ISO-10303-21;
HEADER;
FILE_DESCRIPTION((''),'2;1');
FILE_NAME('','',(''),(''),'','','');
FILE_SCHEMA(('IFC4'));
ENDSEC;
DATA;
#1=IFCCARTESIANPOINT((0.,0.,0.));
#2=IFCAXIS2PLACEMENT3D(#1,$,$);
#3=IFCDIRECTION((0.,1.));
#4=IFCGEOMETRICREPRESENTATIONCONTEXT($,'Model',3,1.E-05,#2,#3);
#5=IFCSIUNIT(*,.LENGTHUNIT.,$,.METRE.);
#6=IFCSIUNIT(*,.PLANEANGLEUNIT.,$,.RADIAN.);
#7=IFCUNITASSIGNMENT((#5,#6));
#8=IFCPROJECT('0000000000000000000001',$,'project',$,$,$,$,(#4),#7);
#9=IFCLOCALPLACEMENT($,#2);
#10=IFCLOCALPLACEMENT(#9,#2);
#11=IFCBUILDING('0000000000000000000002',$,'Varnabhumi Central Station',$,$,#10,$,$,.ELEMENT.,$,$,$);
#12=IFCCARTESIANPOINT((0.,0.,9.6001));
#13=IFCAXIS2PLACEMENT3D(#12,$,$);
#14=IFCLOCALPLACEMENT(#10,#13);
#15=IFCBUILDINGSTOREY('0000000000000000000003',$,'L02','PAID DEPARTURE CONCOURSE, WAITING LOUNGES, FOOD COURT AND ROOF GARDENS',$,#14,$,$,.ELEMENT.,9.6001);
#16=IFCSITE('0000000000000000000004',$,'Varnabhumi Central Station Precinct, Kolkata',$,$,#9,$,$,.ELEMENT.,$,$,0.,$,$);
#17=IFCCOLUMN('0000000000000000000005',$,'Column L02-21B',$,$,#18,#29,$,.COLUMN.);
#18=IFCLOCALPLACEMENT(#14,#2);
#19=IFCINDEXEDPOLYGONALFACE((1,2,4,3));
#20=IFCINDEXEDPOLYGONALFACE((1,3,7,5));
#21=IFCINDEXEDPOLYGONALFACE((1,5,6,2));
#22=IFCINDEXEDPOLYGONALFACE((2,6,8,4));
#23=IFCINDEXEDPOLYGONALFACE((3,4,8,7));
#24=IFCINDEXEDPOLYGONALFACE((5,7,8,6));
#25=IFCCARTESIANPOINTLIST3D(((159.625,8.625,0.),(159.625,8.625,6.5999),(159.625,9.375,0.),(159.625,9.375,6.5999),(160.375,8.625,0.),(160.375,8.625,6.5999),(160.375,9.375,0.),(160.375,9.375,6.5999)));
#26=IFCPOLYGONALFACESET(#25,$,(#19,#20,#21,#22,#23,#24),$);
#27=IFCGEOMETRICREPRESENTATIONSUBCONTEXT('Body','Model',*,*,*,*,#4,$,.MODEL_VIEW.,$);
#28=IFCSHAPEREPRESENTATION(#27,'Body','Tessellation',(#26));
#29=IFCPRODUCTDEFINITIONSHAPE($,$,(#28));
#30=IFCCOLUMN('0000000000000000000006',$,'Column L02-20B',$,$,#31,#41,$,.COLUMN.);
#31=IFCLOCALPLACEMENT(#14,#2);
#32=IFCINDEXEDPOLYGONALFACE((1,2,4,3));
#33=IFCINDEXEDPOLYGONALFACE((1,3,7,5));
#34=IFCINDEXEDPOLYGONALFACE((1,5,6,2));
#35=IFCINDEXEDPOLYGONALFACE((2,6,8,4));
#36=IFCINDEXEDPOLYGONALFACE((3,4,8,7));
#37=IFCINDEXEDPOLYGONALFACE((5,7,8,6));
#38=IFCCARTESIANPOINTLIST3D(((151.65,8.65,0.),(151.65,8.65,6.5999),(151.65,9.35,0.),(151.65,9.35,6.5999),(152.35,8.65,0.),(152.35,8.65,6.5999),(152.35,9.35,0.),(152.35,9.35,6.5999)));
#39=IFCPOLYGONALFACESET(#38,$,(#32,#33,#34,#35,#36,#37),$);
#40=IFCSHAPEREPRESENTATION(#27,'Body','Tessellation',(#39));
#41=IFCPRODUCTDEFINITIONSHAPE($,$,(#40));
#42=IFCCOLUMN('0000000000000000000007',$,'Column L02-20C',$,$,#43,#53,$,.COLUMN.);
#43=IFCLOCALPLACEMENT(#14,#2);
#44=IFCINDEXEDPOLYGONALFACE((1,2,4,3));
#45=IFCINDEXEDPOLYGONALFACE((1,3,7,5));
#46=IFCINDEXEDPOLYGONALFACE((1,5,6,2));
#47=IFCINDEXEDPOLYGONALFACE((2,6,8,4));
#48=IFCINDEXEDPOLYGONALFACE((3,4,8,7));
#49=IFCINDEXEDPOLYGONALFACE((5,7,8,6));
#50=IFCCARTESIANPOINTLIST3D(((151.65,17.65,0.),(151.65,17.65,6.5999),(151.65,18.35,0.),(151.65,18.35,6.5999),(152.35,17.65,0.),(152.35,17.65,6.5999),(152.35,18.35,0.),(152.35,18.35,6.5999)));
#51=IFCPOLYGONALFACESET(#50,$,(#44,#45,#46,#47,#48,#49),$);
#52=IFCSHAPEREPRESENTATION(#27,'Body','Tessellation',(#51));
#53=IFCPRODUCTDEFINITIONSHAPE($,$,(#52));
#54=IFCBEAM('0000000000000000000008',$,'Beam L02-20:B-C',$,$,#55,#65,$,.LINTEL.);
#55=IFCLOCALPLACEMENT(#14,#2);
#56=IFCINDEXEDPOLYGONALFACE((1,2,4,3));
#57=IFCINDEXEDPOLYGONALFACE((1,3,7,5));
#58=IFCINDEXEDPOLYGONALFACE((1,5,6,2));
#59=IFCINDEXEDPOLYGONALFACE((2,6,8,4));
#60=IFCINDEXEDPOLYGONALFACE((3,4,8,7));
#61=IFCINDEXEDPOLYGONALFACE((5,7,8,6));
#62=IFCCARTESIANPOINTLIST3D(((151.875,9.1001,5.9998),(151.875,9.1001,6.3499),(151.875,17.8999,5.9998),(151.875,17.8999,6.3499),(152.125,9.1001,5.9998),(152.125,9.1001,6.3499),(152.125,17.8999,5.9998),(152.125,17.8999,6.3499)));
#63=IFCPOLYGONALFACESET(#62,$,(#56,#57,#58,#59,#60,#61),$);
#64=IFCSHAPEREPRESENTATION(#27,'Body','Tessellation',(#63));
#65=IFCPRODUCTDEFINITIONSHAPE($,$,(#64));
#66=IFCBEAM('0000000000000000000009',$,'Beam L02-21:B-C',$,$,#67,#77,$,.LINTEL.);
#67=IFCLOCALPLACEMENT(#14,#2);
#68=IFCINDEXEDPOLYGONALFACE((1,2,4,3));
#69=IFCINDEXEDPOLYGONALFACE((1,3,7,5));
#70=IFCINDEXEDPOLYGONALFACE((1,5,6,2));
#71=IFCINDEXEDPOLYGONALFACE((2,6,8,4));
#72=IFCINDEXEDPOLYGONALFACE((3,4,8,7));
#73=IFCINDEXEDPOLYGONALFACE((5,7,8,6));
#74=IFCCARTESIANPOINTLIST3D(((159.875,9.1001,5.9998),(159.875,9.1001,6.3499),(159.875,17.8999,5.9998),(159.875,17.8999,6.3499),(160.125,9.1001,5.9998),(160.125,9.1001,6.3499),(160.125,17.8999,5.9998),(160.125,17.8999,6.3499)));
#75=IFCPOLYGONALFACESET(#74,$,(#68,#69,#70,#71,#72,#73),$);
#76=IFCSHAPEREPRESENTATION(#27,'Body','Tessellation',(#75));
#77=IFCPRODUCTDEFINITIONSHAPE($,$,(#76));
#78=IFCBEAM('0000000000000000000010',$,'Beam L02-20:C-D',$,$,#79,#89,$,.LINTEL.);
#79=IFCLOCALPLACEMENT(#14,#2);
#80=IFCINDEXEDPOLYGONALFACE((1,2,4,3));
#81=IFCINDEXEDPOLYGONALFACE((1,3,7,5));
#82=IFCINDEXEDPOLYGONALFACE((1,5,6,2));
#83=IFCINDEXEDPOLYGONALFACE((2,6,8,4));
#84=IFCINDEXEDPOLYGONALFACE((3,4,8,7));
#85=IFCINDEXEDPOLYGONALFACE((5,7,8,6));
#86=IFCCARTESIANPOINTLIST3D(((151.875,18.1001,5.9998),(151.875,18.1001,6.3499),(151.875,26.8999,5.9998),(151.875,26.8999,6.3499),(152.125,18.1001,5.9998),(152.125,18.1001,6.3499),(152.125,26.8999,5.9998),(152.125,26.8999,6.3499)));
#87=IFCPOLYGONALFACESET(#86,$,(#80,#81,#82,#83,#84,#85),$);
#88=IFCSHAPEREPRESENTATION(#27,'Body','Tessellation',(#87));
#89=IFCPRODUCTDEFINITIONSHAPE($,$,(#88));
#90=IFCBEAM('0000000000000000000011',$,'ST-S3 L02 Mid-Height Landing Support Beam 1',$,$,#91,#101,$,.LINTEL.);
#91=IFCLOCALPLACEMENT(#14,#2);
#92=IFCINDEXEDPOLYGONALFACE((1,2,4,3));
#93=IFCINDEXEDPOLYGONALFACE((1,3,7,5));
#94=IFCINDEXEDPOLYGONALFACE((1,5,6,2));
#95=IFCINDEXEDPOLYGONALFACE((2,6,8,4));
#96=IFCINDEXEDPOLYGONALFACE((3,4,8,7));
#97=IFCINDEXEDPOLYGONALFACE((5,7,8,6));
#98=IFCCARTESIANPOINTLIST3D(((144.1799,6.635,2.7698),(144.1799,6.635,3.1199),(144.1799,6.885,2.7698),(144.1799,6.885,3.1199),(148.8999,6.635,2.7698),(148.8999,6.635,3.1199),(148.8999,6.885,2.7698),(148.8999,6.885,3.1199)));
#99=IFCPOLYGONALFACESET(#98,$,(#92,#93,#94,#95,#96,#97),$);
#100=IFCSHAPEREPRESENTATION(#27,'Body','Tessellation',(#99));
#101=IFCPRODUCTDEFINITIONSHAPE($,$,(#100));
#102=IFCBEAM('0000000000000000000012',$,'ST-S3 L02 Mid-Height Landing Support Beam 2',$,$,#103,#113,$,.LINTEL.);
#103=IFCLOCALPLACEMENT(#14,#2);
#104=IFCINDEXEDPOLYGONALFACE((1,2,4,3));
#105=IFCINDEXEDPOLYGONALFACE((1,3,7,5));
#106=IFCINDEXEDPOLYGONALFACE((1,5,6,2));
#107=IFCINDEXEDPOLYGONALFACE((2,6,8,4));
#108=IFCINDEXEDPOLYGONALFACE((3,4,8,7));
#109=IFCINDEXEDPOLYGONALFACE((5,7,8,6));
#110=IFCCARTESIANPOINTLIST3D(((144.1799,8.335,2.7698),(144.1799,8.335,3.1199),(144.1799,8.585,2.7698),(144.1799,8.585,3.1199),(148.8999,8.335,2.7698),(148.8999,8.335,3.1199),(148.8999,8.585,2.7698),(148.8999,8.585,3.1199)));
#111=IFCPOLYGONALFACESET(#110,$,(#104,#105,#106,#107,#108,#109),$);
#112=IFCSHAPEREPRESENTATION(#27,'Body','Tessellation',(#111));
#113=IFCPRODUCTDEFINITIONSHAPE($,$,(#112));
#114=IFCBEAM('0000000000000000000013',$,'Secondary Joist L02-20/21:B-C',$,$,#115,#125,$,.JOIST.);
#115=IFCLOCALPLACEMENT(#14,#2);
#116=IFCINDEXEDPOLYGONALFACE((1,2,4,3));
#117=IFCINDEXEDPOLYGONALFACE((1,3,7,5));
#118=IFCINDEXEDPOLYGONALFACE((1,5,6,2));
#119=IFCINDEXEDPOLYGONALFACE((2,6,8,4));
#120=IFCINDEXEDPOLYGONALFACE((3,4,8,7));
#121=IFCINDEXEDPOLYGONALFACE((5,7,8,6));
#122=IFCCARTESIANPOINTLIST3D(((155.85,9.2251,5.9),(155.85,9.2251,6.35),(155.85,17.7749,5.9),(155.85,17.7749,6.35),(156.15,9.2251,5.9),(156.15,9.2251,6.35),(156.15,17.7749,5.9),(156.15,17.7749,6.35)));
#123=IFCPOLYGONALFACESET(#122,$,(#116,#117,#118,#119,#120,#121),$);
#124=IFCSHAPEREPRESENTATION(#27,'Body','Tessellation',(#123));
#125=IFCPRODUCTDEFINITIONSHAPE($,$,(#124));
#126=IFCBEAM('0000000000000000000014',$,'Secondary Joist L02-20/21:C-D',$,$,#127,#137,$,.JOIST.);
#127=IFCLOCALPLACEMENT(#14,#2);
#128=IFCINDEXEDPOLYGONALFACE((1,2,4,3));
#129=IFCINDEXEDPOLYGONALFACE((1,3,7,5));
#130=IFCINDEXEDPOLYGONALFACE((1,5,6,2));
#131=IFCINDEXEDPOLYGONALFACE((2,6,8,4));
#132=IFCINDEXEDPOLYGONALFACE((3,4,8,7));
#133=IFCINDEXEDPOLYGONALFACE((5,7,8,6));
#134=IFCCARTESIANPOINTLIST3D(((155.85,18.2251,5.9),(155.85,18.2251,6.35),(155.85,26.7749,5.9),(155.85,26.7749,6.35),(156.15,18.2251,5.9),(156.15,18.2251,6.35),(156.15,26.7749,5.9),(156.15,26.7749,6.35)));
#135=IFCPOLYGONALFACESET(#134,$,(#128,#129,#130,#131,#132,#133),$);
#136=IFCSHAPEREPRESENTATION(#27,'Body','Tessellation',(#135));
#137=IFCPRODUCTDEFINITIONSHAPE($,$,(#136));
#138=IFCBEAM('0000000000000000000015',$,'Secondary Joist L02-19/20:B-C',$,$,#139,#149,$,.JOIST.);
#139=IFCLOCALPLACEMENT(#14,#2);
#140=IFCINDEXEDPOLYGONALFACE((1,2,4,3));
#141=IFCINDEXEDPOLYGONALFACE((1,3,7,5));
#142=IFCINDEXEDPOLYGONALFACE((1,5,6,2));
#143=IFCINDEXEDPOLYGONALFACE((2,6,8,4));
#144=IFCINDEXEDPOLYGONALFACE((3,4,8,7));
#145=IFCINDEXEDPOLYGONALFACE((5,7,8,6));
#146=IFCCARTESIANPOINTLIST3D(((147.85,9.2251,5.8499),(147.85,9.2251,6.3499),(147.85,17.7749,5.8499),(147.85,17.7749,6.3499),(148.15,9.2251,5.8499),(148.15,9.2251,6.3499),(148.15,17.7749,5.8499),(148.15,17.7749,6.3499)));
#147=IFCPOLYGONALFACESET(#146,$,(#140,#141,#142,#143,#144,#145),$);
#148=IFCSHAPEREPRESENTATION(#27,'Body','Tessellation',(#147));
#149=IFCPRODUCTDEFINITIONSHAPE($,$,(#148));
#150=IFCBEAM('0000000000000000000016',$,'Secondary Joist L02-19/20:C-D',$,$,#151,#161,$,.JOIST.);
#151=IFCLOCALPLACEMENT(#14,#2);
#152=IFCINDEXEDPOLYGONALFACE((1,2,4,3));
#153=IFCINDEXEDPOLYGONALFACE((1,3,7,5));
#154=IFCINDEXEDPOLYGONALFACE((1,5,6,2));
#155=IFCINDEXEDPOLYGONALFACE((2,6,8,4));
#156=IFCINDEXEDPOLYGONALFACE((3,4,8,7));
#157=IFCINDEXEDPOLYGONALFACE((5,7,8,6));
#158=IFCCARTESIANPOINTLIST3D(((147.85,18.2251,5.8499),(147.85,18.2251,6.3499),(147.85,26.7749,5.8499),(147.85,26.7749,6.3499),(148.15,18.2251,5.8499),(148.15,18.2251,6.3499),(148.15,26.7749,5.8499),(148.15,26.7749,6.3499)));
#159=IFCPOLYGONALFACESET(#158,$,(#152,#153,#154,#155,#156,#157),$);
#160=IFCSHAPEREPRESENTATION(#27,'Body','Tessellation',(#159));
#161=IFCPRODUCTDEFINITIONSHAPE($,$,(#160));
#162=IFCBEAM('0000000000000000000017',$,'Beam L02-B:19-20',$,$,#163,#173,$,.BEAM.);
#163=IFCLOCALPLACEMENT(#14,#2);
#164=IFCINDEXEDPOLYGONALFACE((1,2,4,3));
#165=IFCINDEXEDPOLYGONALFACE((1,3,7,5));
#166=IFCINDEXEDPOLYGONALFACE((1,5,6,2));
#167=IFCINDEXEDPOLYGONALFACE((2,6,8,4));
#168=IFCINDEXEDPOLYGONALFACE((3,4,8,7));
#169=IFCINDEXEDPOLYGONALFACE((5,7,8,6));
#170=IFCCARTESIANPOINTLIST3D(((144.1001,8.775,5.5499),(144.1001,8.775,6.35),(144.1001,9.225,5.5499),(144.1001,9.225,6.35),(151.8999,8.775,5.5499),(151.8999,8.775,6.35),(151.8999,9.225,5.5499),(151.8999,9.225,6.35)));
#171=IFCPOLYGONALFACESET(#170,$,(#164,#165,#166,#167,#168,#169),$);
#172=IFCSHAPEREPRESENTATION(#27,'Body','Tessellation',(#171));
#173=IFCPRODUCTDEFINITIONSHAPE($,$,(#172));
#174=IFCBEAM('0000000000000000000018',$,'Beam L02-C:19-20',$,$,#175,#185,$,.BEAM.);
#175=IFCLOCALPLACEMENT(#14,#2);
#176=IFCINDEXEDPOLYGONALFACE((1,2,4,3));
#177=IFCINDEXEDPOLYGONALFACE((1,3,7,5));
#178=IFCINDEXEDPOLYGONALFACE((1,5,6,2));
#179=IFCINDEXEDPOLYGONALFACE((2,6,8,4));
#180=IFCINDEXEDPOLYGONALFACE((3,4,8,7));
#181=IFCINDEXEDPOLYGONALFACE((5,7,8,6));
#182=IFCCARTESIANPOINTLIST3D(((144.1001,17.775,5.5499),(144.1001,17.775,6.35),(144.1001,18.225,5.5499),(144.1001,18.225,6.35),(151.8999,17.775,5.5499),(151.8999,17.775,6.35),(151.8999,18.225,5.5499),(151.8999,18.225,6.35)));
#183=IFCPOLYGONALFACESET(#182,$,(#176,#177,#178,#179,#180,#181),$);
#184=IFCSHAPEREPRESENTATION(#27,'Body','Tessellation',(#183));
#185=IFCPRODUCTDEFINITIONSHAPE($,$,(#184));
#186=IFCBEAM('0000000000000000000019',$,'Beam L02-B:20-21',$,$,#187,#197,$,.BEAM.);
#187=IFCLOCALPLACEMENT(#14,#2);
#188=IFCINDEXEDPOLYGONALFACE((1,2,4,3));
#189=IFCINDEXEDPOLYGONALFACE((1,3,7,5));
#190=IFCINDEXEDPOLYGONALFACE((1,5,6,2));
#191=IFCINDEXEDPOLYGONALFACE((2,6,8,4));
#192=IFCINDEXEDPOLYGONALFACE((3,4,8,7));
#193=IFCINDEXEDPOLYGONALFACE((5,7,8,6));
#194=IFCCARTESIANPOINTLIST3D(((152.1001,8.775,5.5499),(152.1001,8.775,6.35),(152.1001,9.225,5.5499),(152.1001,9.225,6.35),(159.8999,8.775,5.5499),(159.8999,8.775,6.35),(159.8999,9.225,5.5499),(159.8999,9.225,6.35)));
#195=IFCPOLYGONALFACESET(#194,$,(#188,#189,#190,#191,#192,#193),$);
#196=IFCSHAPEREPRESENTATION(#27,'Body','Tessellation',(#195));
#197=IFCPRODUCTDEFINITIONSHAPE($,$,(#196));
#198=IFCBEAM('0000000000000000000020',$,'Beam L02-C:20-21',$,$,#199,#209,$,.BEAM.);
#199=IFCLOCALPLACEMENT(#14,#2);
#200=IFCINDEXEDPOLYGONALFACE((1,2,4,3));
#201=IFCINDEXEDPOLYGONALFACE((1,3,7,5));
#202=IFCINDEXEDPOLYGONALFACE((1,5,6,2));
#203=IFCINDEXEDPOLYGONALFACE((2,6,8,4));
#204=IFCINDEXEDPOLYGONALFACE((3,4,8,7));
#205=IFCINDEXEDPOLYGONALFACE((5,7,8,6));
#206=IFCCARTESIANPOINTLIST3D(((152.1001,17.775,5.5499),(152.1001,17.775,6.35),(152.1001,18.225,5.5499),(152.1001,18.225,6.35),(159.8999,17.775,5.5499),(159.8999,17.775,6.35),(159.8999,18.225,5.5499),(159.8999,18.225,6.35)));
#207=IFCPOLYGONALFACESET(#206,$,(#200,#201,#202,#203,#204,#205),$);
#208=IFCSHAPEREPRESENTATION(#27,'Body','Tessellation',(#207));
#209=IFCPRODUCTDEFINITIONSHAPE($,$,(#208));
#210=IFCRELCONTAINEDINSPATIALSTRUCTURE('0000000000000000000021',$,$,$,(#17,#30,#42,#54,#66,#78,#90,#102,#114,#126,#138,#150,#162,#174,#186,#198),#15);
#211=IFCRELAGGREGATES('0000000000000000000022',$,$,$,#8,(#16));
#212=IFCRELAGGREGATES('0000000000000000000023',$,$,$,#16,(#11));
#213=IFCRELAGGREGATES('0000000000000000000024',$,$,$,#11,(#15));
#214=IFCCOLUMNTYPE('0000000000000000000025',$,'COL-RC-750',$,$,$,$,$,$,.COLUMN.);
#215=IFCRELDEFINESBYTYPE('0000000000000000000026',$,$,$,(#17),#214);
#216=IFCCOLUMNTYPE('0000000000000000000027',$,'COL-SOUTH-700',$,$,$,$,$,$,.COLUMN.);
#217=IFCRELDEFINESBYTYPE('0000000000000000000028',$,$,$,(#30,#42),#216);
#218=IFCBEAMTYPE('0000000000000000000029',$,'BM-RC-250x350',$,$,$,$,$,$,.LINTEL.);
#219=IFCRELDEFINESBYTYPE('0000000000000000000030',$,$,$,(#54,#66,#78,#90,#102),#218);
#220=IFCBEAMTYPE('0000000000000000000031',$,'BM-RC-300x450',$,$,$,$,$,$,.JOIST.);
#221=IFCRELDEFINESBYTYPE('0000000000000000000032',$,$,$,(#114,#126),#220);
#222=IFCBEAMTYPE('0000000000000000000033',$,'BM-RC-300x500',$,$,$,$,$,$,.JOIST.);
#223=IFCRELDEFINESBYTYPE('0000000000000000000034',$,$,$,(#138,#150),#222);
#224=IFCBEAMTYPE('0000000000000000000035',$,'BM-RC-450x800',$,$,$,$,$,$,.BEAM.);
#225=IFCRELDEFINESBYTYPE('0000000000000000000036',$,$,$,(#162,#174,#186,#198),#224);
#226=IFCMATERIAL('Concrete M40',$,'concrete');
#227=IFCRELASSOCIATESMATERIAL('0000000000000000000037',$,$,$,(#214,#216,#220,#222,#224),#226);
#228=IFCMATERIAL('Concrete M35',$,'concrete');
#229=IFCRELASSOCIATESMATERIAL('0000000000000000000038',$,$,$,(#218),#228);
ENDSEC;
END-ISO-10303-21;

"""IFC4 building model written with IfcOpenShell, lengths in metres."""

from ifc_helpers import new_model, si_unit, direction, frame, origin, origin_2d, place, context, subcontext, project, spatial, rectangle, extrude, material, material_profile, profile_set, type_object, element, save


model = new_model("IFC4")

# Units and contexts
model_context = context("Model", 3, precision=1e-05, world=origin(), true_north=direction((0.0, 1.0)))
body_context = subcontext(model_context, "Body", "Model", "MODEL_VIEW")
ifc_project = project(units=[si_unit("LENGTHUNIT", "METRE"), si_unit("PLANEANGLEUNIT", "RADIAN")], contexts=[model_context])

# Site, building, storey
site_placement = place(None, origin())
site = spatial("IfcSite", under=ifc_project, at=site_placement, Name="Varnabhumi Central Station Precinct, Kolkata", CompositionType="ELEMENT", RefElevation=0.0)
building_placement = place(site_placement, origin())
building = spatial("IfcBuilding", under=site, at=building_placement, Name="Varnabhumi Central Station", CompositionType="ELEMENT")
storey_placement = place(building_placement, frame((0.0, 0.0, 9.6001)))
storey = spatial("IfcBuildingStorey", under=building, at=storey_placement, Name="L02", Description="PAID DEPARTURE CONCOURSE, WAITING LOUNGES, FOOD COURT AND ROOF GARDENS", CompositionType="ELEMENT", Elevation=9.6001)

# Columns
ifc_material_1 = material(Name="Concrete M40", Category="concrete")
ifc_material_profile_1 = material_profile(ifc_material_1, rectangle(XDim=0.75, YDim=0.75, at=origin_2d()), Name="Concrete M40", Category="concrete")
ifc_profile_set_1 = profile_set([ifc_material_profile_1], Name="Concrete M40")
column_type_1 = type_object("IfcColumnType", Name="COL-RC-750", PredefinedType="COLUMN", material=ifc_profile_set_1)
column_placement = place(storey_placement, frame((160.0, 9.0, 0.0), z_axis=(0.0, 0.0, 1.0), x_axis=(1.0, 0.0, 0.0)))
element("IfcColumn", 1, at=column_placement, inside=storey, type_object=column_type_1, Name="Column L02-21B", PredefinedType="COLUMN", context=body_context, shape_type="SweptSolid", body=[
    extrude(rectangle(XDim=0.75, YDim=0.75, at=origin_2d()), origin(), (0.0, 0.0, 1.0), 6.5999),
])
ifc_material_profile_2 = material_profile(ifc_material_1, rectangle(XDim=0.7, YDim=0.7, at=origin_2d()), Name="Concrete M40", Category="concrete")
ifc_profile_set_2 = profile_set([ifc_material_profile_2], Name="Concrete M40")
column_type_2 = type_object("IfcColumnType", Name="COL-SOUTH-700", PredefinedType="COLUMN", material=ifc_profile_set_2)
for number, where, z_axis, x_axis, name in (
    (2, (152.0, 9.0, 0.0), (0.0, 0.0, 1.0), (1.0, 0.0, 0.0), "Column L02-20B"),
    (3, (152.0, 18.0, 0.0), (0.0, 0.0, 1.0), (1.0, 0.0, 0.0), "Column L02-20C"),
):
    element("IfcColumn", number, at=place(storey_placement, frame(where, z_axis=z_axis, x_axis=x_axis)), inside=storey, type_object=column_type_2, Name=name, PredefinedType="COLUMN", context=body_context, shape_type="SweptSolid", body=[
        extrude(rectangle(XDim=0.7, YDim=0.7, at=origin_2d()), origin(), (0.0, 0.0, 1.0), 6.5999),
    ])

# Beams
ifc_material_2 = material(Name="Concrete M35", Category="concrete")
ifc_material_profile_3 = material_profile(ifc_material_2, rectangle(XDim=0.25, YDim=0.3501, at=origin_2d()), Name="Concrete M35", Category="concrete")
ifc_profile_set_3 = profile_set([ifc_material_profile_3], Name="Concrete M35")
beam_type_1 = type_object("IfcBeamType", Name="BM-RC-250x350", PredefinedType="LINTEL", material=ifc_profile_set_3)
for number, where, z_axis, x_axis, name in (
    (4, (152.0, 9.1001, 6.1748), (0.0, 1.0, 0.0), (-1.0, 0.0, 0.0), "Beam L02-20:B-C"),
    (5, (160.0, 9.1001, 6.1748), (0.0, 1.0, 0.0), (-1.0, 0.0, 0.0), "Beam L02-21:B-C"),
    (6, (152.0, 18.1001, 6.1748), (0.0, 1.0, 0.0), (-1.0, 0.0, 0.0), "Beam L02-20:C-D"),
):
    element("IfcBeam", number, at=place(storey_placement, frame(where, z_axis=z_axis, x_axis=x_axis)), inside=storey, type_object=beam_type_1, Name=name, PredefinedType="LINTEL", context=body_context, shape_type="SweptSolid", body=[
        extrude(rectangle(XDim=0.25, YDim=0.3501, at=origin_2d()), origin(), (0.0, 0.0, 1.0), 8.7998),
    ])
for number, where, z_axis, x_axis, name in (
    (7, (144.1799, 6.76, 2.9448), (1.0, 0.0, 0.0), (0.0, 1.0, 0.0), "ST-S3 L02 Mid-Height Landing Support Beam 1"),
    (8, (144.1799, 8.46, 2.9448), (1.0, 0.0, 0.0), (0.0, 1.0, 0.0), "ST-S3 L02 Mid-Height Landing Support Beam 2"),
):
    element("IfcBeam", number, at=place(storey_placement, frame(where, z_axis=z_axis, x_axis=x_axis)), inside=storey, type_object=beam_type_1, Name=name, PredefinedType="LINTEL", context=body_context, shape_type="SweptSolid", body=[
        extrude(rectangle(XDim=0.25, YDim=0.3501, at=origin_2d()), origin(), (0.0, 0.0, 1.0), 4.72),
    ])
ifc_material_profile_4 = material_profile(ifc_material_1, rectangle(XDim=0.3, YDim=0.45, at=origin_2d()), Name="Concrete M40", Category="concrete")
ifc_profile_set_4 = profile_set([ifc_material_profile_4], Name="Concrete M40")
beam_type_2 = type_object("IfcBeamType", Name="BM-RC-300x450", PredefinedType="JOIST", material=ifc_profile_set_4)
for number, where, z_axis, x_axis, name in (
    (9, (156.0, 9.2251, 6.125), (0.0, 1.0, 0.0), (-1.0, 0.0, 0.0), "Secondary Joist L02-20/21:B-C"),
    (10, (156.0, 18.2251, 6.125), (0.0, 1.0, 0.0), (-1.0, 0.0, 0.0), "Secondary Joist L02-20/21:C-D"),
):
    element("IfcBeam", number, at=place(storey_placement, frame(where, z_axis=z_axis, x_axis=x_axis)), inside=storey, type_object=beam_type_2, Name=name, PredefinedType="JOIST", context=body_context, shape_type="SweptSolid", body=[
        extrude(rectangle(XDim=0.3, YDim=0.45, at=origin_2d()), origin(), (0.0, 0.0, 1.0), 8.5498),
    ])
ifc_material_profile_5 = material_profile(ifc_material_1, rectangle(XDim=0.3, YDim=0.5, at=origin_2d()), Name="Concrete M40", Category="concrete")
ifc_profile_set_5 = profile_set([ifc_material_profile_5], Name="Concrete M40")
beam_type_3 = type_object("IfcBeamType", Name="BM-RC-300x500", PredefinedType="JOIST", material=ifc_profile_set_5)
for number, where, z_axis, x_axis, name in (
    (11, (148.0, 9.2251, 6.0999), (0.0, 1.0, 0.0), (-1.0, 0.0, 0.0), "Secondary Joist L02-19/20:B-C"),
    (12, (148.0, 18.2251, 6.0999), (0.0, 1.0, 0.0), (-1.0, 0.0, 0.0), "Secondary Joist L02-19/20:C-D"),
):
    element("IfcBeam", number, at=place(storey_placement, frame(where, z_axis=z_axis, x_axis=x_axis)), inside=storey, type_object=beam_type_3, Name=name, PredefinedType="JOIST", context=body_context, shape_type="SweptSolid", body=[
        extrude(rectangle(XDim=0.3, YDim=0.5, at=origin_2d()), origin(), (0.0, 0.0, 1.0), 8.5498),
    ])
ifc_material_profile_6 = material_profile(ifc_material_1, rectangle(XDim=0.45, YDim=0.8, at=origin_2d()), Name="Concrete M40", Category="concrete")
ifc_profile_set_6 = profile_set([ifc_material_profile_6], Name="Concrete M40")
beam_type_4 = type_object("IfcBeamType", Name="BM-RC-450x800", PredefinedType="BEAM", material=ifc_profile_set_6)
for number, where, z_axis, x_axis, name in (
    (13, (144.1001, 9.0, 5.95), (1.0, 0.0, 0.0), (0.0, 1.0, 0.0), "Beam L02-B:19-20"),
    (14, (144.1001, 18.0, 5.95), (1.0, 0.0, 0.0), (0.0, 1.0, 0.0), "Beam L02-C:19-20"),
    (15, (152.1001, 9.0, 5.95), (1.0, 0.0, 0.0), (0.0, 1.0, 0.0), "Beam L02-B:20-21"),
    (16, (152.1001, 18.0, 5.95), (1.0, 0.0, 0.0), (0.0, 1.0, 0.0), "Beam L02-C:20-21"),
):
    element("IfcBeam", number, at=place(storey_placement, frame(where, z_axis=z_axis, x_axis=x_axis)), inside=storey, type_object=beam_type_4, Name=name, PredefinedType="BEAM", context=body_context, shape_type="SweptSolid", body=[
        extrude(rectangle(XDim=0.45, YDim=0.8, at=origin_2d()), origin(), (0.0, 0.0, 1.0), 7.7998),
    ])

save(model, "model.ifc")
